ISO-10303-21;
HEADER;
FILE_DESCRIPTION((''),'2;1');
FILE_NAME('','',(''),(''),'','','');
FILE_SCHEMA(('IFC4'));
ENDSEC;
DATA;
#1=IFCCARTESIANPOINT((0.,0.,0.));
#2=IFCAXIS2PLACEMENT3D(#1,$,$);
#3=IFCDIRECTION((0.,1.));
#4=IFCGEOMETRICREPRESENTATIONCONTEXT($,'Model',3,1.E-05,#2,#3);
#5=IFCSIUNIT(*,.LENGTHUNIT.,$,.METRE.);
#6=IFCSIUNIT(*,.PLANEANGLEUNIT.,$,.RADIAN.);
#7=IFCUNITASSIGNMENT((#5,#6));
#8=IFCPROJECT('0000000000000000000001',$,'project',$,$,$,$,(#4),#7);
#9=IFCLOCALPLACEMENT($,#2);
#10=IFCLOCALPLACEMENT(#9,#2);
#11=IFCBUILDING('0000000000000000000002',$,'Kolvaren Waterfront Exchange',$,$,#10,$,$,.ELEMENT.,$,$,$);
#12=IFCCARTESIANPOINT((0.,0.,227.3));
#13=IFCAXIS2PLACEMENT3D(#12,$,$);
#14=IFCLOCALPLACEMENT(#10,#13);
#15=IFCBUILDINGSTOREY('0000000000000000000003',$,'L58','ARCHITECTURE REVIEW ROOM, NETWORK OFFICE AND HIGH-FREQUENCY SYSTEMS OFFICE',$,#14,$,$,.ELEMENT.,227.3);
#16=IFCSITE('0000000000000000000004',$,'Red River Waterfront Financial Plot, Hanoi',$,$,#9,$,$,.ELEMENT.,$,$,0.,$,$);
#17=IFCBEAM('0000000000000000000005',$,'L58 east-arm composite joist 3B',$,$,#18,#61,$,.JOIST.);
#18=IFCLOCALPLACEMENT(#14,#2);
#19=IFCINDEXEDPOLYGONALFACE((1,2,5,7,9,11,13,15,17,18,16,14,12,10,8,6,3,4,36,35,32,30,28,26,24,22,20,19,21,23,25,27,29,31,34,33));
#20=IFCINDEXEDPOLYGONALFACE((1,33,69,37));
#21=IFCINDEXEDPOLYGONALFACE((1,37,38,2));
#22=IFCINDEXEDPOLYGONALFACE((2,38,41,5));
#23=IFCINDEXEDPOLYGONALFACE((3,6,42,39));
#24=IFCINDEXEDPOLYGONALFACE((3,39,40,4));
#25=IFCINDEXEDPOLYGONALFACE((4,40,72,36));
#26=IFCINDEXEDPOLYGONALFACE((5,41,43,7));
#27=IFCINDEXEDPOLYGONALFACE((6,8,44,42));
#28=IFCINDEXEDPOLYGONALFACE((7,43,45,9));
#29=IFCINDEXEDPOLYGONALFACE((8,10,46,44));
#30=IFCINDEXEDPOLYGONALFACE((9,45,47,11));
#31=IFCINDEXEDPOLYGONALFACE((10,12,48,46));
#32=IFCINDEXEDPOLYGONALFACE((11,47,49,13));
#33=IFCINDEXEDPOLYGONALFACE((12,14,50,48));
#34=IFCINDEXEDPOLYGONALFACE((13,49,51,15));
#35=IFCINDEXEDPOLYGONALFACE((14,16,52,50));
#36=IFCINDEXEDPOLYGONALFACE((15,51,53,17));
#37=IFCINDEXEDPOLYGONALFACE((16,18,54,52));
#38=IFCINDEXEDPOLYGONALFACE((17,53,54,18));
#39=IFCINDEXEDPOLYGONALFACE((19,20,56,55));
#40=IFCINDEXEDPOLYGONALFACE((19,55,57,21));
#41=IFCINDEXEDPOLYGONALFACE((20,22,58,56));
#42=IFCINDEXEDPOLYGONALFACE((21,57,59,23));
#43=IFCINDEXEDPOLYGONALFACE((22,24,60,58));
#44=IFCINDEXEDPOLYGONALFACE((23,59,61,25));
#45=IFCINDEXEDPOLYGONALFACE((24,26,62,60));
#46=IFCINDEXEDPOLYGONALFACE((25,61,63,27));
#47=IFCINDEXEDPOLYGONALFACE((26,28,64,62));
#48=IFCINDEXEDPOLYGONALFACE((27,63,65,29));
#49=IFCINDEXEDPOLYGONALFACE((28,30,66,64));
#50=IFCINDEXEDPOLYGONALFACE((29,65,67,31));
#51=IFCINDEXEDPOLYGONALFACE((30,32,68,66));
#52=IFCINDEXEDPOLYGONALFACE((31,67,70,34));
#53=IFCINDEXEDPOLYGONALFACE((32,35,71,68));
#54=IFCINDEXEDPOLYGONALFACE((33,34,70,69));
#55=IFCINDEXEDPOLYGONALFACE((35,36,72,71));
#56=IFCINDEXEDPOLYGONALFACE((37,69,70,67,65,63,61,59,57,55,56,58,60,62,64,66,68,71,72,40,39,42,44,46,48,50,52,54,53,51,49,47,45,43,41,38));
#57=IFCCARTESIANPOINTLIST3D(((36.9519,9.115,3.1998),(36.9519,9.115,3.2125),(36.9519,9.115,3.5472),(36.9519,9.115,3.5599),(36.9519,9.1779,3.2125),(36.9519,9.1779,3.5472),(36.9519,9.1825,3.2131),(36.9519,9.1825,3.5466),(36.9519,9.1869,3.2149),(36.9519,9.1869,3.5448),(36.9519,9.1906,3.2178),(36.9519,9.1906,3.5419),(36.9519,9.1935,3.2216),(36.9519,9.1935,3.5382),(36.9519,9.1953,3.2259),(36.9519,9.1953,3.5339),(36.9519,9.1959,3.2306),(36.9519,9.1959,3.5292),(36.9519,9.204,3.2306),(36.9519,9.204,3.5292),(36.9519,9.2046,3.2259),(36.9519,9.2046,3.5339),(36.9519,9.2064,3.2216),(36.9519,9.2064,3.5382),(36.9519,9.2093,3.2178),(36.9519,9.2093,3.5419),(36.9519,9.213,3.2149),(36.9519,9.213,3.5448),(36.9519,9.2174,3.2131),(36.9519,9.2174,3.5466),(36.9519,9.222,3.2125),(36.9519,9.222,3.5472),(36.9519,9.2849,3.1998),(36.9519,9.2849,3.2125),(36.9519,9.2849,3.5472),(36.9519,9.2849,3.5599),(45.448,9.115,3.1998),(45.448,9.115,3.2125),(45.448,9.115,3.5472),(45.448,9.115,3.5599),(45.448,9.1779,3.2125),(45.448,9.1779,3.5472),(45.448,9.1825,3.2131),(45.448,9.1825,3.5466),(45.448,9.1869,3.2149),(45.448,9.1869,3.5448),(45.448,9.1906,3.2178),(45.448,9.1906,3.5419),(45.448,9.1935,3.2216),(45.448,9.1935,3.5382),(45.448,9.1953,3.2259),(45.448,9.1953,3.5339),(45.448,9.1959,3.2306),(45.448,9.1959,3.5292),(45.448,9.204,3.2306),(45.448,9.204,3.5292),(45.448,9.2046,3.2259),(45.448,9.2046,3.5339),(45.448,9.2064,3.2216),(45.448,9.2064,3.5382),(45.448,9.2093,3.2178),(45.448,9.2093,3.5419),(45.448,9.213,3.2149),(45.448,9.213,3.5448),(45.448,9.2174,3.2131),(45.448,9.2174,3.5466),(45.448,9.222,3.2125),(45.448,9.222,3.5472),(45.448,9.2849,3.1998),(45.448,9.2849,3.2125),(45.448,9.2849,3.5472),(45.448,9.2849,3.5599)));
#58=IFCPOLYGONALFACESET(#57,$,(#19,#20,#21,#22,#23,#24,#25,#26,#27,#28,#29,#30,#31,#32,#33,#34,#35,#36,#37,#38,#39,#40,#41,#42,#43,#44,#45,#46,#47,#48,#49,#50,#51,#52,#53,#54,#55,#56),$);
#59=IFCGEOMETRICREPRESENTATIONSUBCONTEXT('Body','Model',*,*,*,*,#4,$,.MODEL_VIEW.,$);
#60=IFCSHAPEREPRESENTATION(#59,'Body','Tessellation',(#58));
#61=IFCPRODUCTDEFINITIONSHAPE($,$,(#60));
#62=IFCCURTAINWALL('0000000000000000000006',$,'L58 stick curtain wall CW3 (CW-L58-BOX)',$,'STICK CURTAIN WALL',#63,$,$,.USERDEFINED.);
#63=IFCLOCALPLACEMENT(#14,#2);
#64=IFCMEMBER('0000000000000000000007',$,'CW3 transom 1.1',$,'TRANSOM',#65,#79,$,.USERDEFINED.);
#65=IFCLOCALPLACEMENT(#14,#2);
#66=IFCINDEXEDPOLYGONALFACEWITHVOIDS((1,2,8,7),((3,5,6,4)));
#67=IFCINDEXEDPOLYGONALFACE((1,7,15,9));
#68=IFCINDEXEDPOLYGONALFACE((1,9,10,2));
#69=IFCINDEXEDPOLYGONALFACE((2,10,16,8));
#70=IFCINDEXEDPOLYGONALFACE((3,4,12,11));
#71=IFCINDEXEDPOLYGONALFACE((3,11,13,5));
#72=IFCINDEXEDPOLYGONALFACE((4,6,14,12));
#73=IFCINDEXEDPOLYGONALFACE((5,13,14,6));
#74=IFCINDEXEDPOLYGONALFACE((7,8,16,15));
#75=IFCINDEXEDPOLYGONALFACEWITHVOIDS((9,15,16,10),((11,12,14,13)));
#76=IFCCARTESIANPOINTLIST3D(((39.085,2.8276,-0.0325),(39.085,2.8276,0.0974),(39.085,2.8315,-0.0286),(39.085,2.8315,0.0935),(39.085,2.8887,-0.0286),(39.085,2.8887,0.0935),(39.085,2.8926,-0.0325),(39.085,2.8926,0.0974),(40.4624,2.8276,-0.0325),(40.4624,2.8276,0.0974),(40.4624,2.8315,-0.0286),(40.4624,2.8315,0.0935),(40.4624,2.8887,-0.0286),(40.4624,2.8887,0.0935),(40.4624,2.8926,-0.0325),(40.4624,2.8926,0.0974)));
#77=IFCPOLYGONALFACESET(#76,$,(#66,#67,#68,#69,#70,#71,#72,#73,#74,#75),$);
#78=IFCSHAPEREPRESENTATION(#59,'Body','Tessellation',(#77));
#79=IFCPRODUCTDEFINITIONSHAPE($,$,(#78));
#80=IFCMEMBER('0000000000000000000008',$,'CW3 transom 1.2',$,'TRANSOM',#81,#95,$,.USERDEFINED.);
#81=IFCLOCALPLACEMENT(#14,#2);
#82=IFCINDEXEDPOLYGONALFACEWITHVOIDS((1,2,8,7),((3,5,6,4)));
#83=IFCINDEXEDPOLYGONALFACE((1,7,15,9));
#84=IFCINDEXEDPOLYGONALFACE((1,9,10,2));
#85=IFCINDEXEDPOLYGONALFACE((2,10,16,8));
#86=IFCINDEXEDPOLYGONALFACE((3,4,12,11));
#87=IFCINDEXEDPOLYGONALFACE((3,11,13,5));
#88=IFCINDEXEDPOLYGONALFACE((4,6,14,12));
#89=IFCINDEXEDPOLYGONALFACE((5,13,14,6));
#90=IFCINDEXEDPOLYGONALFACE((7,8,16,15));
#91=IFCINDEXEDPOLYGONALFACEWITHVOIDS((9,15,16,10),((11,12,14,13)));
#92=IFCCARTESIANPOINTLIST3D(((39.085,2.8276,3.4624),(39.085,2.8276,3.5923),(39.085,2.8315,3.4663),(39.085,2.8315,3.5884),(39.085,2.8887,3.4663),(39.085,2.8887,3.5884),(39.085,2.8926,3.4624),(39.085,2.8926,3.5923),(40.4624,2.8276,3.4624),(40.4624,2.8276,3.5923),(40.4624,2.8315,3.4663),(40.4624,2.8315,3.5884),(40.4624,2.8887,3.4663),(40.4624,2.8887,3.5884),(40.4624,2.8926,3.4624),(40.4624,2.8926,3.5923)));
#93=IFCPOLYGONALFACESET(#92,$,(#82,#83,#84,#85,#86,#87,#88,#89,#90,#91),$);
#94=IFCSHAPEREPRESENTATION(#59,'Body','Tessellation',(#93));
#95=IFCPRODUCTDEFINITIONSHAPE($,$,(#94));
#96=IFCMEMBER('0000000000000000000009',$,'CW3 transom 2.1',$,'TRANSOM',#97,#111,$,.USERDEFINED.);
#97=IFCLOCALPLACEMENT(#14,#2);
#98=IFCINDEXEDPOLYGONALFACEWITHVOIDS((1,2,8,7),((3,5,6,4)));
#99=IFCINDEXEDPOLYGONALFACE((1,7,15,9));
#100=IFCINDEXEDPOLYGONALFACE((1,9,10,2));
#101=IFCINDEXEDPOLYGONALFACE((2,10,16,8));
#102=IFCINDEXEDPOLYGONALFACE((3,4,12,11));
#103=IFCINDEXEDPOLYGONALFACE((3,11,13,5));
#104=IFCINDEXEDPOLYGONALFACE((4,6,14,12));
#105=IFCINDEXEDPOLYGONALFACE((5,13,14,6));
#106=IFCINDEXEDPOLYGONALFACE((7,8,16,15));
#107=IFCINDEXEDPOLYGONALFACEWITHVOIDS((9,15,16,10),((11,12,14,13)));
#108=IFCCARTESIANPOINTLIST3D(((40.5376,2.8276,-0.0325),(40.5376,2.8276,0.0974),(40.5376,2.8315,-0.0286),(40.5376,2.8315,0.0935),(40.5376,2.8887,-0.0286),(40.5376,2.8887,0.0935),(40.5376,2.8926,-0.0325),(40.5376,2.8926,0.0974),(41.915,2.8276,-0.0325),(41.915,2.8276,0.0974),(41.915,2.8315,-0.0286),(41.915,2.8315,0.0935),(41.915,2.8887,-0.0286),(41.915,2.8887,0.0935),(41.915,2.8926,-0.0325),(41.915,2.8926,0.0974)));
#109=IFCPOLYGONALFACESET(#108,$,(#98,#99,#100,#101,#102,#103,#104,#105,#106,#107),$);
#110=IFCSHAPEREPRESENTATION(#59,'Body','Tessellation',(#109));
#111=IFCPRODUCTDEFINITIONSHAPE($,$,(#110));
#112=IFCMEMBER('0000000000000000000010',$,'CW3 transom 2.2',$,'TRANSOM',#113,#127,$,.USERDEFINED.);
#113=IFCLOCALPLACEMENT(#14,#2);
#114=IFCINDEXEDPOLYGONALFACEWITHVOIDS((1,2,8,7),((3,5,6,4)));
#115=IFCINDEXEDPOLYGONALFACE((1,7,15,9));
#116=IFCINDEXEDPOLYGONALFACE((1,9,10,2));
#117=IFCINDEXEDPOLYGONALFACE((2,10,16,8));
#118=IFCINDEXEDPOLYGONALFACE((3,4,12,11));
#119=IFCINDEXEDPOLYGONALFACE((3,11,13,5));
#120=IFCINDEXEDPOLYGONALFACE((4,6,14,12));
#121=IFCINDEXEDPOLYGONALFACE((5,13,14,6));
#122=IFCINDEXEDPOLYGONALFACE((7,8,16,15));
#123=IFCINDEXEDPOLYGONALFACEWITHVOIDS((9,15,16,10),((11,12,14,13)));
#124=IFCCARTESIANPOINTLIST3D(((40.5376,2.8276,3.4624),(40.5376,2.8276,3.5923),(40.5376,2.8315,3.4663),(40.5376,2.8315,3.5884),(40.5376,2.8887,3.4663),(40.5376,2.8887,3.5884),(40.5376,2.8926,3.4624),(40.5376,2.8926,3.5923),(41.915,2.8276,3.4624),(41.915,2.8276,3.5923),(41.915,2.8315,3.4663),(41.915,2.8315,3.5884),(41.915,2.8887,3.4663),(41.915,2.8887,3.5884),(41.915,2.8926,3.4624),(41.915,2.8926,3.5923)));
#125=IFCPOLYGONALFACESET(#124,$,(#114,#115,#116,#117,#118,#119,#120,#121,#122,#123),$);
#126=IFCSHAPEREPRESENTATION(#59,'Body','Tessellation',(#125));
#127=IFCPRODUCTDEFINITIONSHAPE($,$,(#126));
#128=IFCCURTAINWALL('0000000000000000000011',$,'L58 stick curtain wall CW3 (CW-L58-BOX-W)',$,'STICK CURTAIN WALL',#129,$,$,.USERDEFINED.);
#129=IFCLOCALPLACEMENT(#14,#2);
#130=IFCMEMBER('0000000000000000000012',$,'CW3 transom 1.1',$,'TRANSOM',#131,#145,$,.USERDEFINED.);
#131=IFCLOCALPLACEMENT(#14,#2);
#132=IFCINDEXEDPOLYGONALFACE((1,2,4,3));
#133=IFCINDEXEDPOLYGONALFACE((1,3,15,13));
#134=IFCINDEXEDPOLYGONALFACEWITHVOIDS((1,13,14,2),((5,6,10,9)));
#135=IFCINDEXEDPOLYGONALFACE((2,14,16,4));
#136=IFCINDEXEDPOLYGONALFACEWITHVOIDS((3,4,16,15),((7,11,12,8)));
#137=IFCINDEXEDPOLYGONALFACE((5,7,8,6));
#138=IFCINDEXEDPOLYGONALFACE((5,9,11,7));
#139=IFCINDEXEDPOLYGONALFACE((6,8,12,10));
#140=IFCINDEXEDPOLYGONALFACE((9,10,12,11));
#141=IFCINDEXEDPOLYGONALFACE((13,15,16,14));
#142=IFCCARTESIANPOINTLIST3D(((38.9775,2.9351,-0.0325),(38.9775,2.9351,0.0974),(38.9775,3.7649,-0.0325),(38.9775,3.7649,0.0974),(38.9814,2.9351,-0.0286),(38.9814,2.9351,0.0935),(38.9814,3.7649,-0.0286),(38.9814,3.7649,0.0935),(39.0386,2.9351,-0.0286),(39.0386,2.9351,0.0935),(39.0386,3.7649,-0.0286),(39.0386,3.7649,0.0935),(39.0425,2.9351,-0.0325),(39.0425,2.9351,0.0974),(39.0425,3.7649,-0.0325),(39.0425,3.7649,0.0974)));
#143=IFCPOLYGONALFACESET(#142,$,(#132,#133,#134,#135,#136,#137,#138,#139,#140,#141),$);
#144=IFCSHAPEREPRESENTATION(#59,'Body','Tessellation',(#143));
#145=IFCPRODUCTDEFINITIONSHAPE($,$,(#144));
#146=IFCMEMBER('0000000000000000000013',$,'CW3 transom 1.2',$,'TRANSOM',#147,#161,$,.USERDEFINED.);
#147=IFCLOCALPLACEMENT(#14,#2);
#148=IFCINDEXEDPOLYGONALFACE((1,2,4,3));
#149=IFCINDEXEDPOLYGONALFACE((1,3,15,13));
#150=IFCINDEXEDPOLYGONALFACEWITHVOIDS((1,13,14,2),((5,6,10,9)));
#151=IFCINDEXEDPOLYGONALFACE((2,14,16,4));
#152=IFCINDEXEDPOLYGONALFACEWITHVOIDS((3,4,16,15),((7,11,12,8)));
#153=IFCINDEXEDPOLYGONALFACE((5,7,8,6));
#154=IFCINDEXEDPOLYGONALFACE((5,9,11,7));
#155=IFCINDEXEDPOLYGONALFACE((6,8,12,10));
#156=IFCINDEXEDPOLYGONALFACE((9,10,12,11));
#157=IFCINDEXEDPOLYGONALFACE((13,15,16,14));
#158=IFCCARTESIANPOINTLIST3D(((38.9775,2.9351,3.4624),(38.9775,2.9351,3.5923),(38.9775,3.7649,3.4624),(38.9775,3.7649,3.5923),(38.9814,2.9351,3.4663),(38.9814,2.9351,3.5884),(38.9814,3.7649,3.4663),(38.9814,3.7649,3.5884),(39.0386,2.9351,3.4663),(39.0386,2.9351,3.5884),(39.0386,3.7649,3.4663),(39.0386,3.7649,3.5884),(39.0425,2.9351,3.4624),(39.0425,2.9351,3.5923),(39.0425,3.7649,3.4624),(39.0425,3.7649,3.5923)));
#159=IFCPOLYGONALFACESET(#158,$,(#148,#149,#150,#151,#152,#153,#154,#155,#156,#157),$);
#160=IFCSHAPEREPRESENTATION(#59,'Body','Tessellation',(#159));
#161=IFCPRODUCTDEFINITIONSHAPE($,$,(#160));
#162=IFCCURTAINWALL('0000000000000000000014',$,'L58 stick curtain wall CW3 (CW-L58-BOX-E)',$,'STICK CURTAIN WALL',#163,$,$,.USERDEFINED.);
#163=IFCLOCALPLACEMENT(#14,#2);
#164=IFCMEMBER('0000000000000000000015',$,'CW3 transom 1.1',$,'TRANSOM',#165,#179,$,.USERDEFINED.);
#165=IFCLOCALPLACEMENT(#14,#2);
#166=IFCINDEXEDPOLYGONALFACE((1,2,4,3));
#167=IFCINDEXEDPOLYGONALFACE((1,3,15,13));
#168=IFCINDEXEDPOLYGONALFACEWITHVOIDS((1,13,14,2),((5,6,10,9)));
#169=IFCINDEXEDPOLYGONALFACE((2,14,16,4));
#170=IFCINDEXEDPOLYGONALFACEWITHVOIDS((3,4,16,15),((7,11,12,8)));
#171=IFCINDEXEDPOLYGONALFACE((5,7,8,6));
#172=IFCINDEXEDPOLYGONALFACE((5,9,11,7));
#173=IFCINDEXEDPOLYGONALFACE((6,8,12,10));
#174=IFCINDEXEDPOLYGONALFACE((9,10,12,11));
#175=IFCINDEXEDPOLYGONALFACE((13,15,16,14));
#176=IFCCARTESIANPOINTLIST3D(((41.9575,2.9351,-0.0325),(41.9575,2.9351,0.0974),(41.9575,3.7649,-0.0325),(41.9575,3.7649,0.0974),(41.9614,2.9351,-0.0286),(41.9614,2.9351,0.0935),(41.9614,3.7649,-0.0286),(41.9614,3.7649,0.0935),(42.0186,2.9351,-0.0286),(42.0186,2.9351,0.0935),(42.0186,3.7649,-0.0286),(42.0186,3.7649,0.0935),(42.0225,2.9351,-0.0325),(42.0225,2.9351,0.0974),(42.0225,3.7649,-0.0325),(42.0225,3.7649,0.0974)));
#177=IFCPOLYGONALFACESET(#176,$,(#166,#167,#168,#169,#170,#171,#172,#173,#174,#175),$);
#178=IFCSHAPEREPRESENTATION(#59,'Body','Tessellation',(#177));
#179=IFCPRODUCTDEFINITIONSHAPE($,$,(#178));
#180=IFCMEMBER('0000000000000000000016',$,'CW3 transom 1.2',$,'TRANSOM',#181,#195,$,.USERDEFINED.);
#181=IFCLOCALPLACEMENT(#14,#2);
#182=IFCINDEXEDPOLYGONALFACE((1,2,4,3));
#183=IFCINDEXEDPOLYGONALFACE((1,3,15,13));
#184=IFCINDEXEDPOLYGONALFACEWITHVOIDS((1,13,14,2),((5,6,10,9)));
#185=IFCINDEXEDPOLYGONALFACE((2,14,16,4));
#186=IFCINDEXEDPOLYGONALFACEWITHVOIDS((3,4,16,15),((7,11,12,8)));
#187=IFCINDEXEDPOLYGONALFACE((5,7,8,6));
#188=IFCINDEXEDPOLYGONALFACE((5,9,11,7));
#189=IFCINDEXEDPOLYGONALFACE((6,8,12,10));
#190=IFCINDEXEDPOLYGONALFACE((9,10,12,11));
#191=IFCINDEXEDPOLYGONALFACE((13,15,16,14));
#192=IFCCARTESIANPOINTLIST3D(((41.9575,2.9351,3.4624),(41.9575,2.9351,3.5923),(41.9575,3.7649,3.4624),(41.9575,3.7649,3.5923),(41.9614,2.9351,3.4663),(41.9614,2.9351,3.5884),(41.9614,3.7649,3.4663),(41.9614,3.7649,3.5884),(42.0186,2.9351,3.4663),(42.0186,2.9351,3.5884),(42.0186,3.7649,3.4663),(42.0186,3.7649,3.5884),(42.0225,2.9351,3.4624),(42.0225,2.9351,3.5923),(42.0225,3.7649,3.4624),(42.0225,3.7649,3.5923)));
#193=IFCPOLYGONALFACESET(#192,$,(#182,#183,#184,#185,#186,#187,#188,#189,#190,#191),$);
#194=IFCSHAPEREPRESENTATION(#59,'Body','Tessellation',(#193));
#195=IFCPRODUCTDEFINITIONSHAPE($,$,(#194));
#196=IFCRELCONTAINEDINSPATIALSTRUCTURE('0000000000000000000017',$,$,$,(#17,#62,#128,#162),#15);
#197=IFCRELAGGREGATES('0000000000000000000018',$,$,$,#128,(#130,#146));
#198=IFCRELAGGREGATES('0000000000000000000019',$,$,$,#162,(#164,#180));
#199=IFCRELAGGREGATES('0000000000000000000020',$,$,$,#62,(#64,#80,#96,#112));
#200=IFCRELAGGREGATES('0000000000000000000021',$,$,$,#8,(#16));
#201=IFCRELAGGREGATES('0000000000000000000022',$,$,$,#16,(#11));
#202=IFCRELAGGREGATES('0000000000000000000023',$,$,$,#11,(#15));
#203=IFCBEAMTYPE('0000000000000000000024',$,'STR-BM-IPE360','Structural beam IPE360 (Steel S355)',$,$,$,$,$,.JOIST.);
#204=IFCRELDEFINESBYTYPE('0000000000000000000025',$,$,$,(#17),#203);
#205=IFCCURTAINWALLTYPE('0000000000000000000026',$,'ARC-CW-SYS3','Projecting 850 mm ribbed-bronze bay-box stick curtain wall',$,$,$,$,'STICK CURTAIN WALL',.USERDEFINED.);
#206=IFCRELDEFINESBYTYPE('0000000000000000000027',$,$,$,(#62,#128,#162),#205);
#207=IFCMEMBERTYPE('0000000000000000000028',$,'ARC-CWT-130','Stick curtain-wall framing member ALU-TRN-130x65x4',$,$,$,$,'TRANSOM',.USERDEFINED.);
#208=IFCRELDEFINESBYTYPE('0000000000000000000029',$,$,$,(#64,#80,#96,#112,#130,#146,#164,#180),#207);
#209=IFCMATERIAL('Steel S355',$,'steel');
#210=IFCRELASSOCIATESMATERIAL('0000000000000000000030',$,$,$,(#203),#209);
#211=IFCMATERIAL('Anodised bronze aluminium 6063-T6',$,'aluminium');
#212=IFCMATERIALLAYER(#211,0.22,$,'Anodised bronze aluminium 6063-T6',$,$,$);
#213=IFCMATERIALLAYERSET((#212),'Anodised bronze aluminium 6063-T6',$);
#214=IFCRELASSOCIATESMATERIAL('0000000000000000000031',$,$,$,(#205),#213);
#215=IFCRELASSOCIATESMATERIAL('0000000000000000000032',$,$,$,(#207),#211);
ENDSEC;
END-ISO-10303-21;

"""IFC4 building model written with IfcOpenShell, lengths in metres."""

from ifc_helpers import new_model, si_unit, direction, frame, origin, origin_with_axes, origin_2d, place, context, subcontext, project, spatial, hollow_rectangle, i_section, extrude, source, transform, mapped, material, layer, layer_set, material_profile, profile_set, type_object, element, aggregate, save


model = new_model("IFC4")

# Units and contexts
model_context = context("Model", 3, precision=1e-05, world=origin(), true_north=direction((0.0, 1.0)))
body_context = subcontext(model_context, "Body", "Model", "MODEL_VIEW")
ifc_project = project(units=[si_unit("LENGTHUNIT", "METRE"), si_unit("PLANEANGLEUNIT", "RADIAN")], contexts=[model_context])

# Site, building, storey
site_placement = place(None, origin())
site = spatial("IfcSite", under=ifc_project, at=site_placement, Name="Red River Waterfront Financial Plot, Hanoi", CompositionType="ELEMENT", RefElevation=0.0)
building_placement = place(site_placement, origin())
building = spatial("IfcBuilding", under=site, at=building_placement, Name="Kolvaren Waterfront Exchange", CompositionType="ELEMENT")
storey_placement = place(building_placement, frame((0.0, 0.0, 227.3)))
storey = spatial("IfcBuildingStorey", under=building, at=storey_placement, Name="L58", Description="ARCHITECTURE REVIEW ROOM, NETWORK OFFICE AND HIGH-FREQUENCY SYSTEMS OFFICE", CompositionType="ELEMENT", Elevation=227.3)

# Beam
ifc_material_1 = material(Name="Steel S355", Category="steel")
ifc_material_profile_1 = material_profile(ifc_material_1, i_section(OverallWidth=0.1699, OverallDepth=0.3601, WebThickness=0.0081, FlangeThickness=0.0127, FilletRadius=0.0181, at=origin_2d()), Name="IPE360")
ifc_profile_set_1 = profile_set([ifc_material_profile_1], Name="Steel S355")
beam_type_1 = type_object("IfcBeamType", Name="STR-BM-IPE360", Description="Structural beam IPE360 (Steel S355)", PredefinedType="JOIST", material=ifc_profile_set_1)
beam_1_placement = place(storey_placement, frame((36.9519, 9.2, 3.3799), z_axis=(1.0, 0.0, 0.0), x_axis=(0.0, 1.0, 0.0)))
element("IfcBeam", 1, at=beam_1_placement, inside=storey, type_object=beam_type_1, Name="L58 east-arm composite joist 3B", PredefinedType="JOIST", context=body_context, shape_type="SweptSolid", body=[
    extrude(i_section(OverallWidth=0.1699, OverallDepth=0.3601, WebThickness=0.0081, FlangeThickness=0.0127, FilletRadius=0.0181, at=origin_2d()), origin(), (0.0, 0.0, 1.0), 8.4961),
])

# Curtain walls, members
ifc_material_2 = material(Name="Anodised bronze aluminium 6063-T6", Category="aluminium")
ifc_layer_1 = layer(ifc_material_2, 0.22, Name="Anodised bronze aluminium 6063-T6")
ifc_layer_set_1 = layer_set([ifc_layer_1], Name="Anodised bronze aluminium 6063-T6")
curtain_wall_type_1 = type_object("IfcCurtainWallType", Name="ARC-CW-SYS3", Description="Projecting 850 mm ribbed-bronze bay-box stick curtain wall", ElementType="STICK CURTAIN WALL", PredefinedType="USERDEFINED", material=ifc_layer_set_1)
curtain_wall_1_placement = place(storey_placement, origin())
curtain_wall_1 = element("IfcCurtainWall", 2, at=curtain_wall_1_placement, inside=storey, type_object=curtain_wall_type_1, Name="L58 stick curtain wall CW3 (CW-L58-BOX)", ObjectType="STICK CURTAIN WALL", PredefinedType="USERDEFINED")
ifc_material_profile_2 = material_profile(ifc_material_2, hollow_rectangle(XDim=0.0649, YDim=0.1299, WallThickness=0.0039, at=origin_2d()), Name="ALU-TRN-130x65x4")
ifc_profile_set_2 = profile_set([ifc_material_profile_2], Name="Anodised bronze aluminium 6063-T6")
member_type_1 = type_object("IfcMemberType", Name="ARC-CWT-130", Description="Stick curtain-wall framing member ALU-TRN-130x65x4", ElementType="TRANSOM", PredefinedType="USERDEFINED", material=ifc_profile_set_2)
shared_shape_1 = source(origin_with_axes(), body_context, "Body", "SweptSolid", [
    extrude(hollow_rectangle(XDim=0.0649, YDim=0.1299, WallThickness=0.0039, at=origin_2d()), origin(), (0.0, 0.0, 1.0), 1.3774),
])
member_1_placement = place(storey_placement, frame((39.085, 2.8601, 0.0325), z_axis=(1.0, 0.0, 0.0), x_axis=(0.0, 1.0, 0.0)))
member_1 = element("IfcMember", 3, at=member_1_placement, type_object=member_type_1, Name="CW3 transom 1.1", ObjectType="TRANSOM", PredefinedType="USERDEFINED", context=body_context, shape_type="MappedRepresentation", body=[
    mapped(shared_shape_1, transform((0.0, 0.0, 0.0), x_axis=(1.0, 0.0, 0.0), y_axis=(0.0, 1.0, 0.0), z_axis=(0.0, 0.0, 1.0), scale=1.0)),
])
member_2_placement = place(storey_placement, frame((39.085, 2.8601, 3.5273), z_axis=(1.0, 0.0, 0.0), x_axis=(0.0, 1.0, 0.0)))
member_2 = element("IfcMember", 4, at=member_2_placement, type_object=member_type_1, Name="CW3 transom 1.2", ObjectType="TRANSOM", PredefinedType="USERDEFINED", context=body_context, shape_type="MappedRepresentation", body=[
    mapped(shared_shape_1, transform((0.0, 0.0, 0.0), x_axis=(1.0, 0.0, 0.0), y_axis=(0.0, 1.0, 0.0), z_axis=(0.0, 0.0, 1.0), scale=1.0)),
])
member_3_placement = place(storey_placement, frame((40.5376, 2.8601, 0.0325), z_axis=(1.0, 0.0, 0.0), x_axis=(0.0, 1.0, 0.0)))
member_3 = element("IfcMember", 5, at=member_3_placement, type_object=member_type_1, Name="CW3 transom 2.1", ObjectType="TRANSOM", PredefinedType="USERDEFINED", context=body_context, shape_type="MappedRepresentation", body=[
    mapped(shared_shape_1, transform((0.0, 0.0, 0.0), x_axis=(1.0, 0.0, 0.0), y_axis=(0.0, 1.0, 0.0), z_axis=(0.0, 0.0, 1.0), scale=1.0)),
])
member_4_placement = place(storey_placement, frame((40.5376, 2.8601, 3.5273), z_axis=(1.0, 0.0, 0.0), x_axis=(0.0, 1.0, 0.0)))
member_4 = element("IfcMember", 6, at=member_4_placement, type_object=member_type_1, Name="CW3 transom 2.2", ObjectType="TRANSOM", PredefinedType="USERDEFINED", context=body_context, shape_type="MappedRepresentation", body=[
    mapped(shared_shape_1, transform((0.0, 0.0, 0.0), x_axis=(1.0, 0.0, 0.0), y_axis=(0.0, 1.0, 0.0), z_axis=(0.0, 0.0, 1.0), scale=1.0)),
])
curtain_wall_2_placement = place(storey_placement, origin())
curtain_wall_2 = element("IfcCurtainWall", 7, at=curtain_wall_2_placement, inside=storey, type_object=curtain_wall_type_1, Name="L58 stick curtain wall CW3 (CW-L58-BOX-W)", ObjectType="STICK CURTAIN WALL", PredefinedType="USERDEFINED")
shared_shape_2 = source(origin_with_axes(), body_context, "Body", "SweptSolid", [
    extrude(hollow_rectangle(XDim=0.0649, YDim=0.1299, WallThickness=0.0039, at=origin_2d()), origin(), (0.0, 0.0, 1.0), 0.8298),
])
member_5_placement = place(storey_placement, frame((39.01, 3.7649, 0.0325), z_axis=(0.0, -1.0, 0.0), x_axis=(1.0, 0.0, 0.0)))
member_5 = element("IfcMember", 8, at=member_5_placement, type_object=member_type_1, Name="CW3 transom 1.1", ObjectType="TRANSOM", PredefinedType="USERDEFINED", context=body_context, shape_type="MappedRepresentation", body=[
    mapped(shared_shape_2, transform((0.0, 0.0, 0.0), x_axis=(1.0, 0.0, 0.0), y_axis=(0.0, 1.0, 0.0), z_axis=(0.0, 0.0, 1.0), scale=1.0)),
])
member_6_placement = place(storey_placement, frame((39.01, 3.7649, 3.5273), z_axis=(0.0, -1.0, 0.0), x_axis=(1.0, 0.0, 0.0)))
member_6 = element("IfcMember", 9, at=member_6_placement, type_object=member_type_1, Name="CW3 transom 1.2", ObjectType="TRANSOM", PredefinedType="USERDEFINED", context=body_context, shape_type="MappedRepresentation", body=[
    mapped(shared_shape_2, transform((0.0, 0.0, 0.0), x_axis=(1.0, 0.0, 0.0), y_axis=(0.0, 1.0, 0.0), z_axis=(0.0, 0.0, 1.0), scale=1.0)),
])
curtain_wall_3_placement = place(storey_placement, origin())
curtain_wall_3 = element("IfcCurtainWall", 10, at=curtain_wall_3_placement, inside=storey, type_object=curtain_wall_type_1, Name="L58 stick curtain wall CW3 (CW-L58-BOX-E)", ObjectType="STICK CURTAIN WALL", PredefinedType="USERDEFINED")
member_7_placement = place(storey_placement, frame((41.99, 2.9351, 0.0325), z_axis=(0.0, 1.0, 0.0), x_axis=(-1.0, 0.0, 0.0)))
member_7 = element("IfcMember", 11, at=member_7_placement, type_object=member_type_1, Name="CW3 transom 1.1", ObjectType="TRANSOM", PredefinedType="USERDEFINED", context=body_context, shape_type="MappedRepresentation", body=[
    mapped(shared_shape_2, transform((0.0, 0.0, 0.0), x_axis=(1.0, 0.0, 0.0), y_axis=(0.0, 1.0, 0.0), z_axis=(0.0, 0.0, 1.0), scale=1.0)),
])
member_8_placement = place(storey_placement, frame((41.99, 2.9351, 3.5273), z_axis=(0.0, 1.0, 0.0), x_axis=(-1.0, 0.0, 0.0)))
member_8 = element("IfcMember", 12, at=member_8_placement, type_object=member_type_1, Name="CW3 transom 1.2", ObjectType="TRANSOM", PredefinedType="USERDEFINED", context=body_context, shape_type="MappedRepresentation", body=[
    mapped(shared_shape_2, transform((0.0, 0.0, 0.0), x_axis=(1.0, 0.0, 0.0), y_axis=(0.0, 1.0, 0.0), z_axis=(0.0, 0.0, 1.0), scale=1.0)),
])

aggregate(curtain_wall_2, [member_5, member_6])
aggregate(curtain_wall_3, [member_7, member_8])
aggregate(curtain_wall_1, [member_1, member_2, member_3, member_4])

save(model, "model.ifc")
